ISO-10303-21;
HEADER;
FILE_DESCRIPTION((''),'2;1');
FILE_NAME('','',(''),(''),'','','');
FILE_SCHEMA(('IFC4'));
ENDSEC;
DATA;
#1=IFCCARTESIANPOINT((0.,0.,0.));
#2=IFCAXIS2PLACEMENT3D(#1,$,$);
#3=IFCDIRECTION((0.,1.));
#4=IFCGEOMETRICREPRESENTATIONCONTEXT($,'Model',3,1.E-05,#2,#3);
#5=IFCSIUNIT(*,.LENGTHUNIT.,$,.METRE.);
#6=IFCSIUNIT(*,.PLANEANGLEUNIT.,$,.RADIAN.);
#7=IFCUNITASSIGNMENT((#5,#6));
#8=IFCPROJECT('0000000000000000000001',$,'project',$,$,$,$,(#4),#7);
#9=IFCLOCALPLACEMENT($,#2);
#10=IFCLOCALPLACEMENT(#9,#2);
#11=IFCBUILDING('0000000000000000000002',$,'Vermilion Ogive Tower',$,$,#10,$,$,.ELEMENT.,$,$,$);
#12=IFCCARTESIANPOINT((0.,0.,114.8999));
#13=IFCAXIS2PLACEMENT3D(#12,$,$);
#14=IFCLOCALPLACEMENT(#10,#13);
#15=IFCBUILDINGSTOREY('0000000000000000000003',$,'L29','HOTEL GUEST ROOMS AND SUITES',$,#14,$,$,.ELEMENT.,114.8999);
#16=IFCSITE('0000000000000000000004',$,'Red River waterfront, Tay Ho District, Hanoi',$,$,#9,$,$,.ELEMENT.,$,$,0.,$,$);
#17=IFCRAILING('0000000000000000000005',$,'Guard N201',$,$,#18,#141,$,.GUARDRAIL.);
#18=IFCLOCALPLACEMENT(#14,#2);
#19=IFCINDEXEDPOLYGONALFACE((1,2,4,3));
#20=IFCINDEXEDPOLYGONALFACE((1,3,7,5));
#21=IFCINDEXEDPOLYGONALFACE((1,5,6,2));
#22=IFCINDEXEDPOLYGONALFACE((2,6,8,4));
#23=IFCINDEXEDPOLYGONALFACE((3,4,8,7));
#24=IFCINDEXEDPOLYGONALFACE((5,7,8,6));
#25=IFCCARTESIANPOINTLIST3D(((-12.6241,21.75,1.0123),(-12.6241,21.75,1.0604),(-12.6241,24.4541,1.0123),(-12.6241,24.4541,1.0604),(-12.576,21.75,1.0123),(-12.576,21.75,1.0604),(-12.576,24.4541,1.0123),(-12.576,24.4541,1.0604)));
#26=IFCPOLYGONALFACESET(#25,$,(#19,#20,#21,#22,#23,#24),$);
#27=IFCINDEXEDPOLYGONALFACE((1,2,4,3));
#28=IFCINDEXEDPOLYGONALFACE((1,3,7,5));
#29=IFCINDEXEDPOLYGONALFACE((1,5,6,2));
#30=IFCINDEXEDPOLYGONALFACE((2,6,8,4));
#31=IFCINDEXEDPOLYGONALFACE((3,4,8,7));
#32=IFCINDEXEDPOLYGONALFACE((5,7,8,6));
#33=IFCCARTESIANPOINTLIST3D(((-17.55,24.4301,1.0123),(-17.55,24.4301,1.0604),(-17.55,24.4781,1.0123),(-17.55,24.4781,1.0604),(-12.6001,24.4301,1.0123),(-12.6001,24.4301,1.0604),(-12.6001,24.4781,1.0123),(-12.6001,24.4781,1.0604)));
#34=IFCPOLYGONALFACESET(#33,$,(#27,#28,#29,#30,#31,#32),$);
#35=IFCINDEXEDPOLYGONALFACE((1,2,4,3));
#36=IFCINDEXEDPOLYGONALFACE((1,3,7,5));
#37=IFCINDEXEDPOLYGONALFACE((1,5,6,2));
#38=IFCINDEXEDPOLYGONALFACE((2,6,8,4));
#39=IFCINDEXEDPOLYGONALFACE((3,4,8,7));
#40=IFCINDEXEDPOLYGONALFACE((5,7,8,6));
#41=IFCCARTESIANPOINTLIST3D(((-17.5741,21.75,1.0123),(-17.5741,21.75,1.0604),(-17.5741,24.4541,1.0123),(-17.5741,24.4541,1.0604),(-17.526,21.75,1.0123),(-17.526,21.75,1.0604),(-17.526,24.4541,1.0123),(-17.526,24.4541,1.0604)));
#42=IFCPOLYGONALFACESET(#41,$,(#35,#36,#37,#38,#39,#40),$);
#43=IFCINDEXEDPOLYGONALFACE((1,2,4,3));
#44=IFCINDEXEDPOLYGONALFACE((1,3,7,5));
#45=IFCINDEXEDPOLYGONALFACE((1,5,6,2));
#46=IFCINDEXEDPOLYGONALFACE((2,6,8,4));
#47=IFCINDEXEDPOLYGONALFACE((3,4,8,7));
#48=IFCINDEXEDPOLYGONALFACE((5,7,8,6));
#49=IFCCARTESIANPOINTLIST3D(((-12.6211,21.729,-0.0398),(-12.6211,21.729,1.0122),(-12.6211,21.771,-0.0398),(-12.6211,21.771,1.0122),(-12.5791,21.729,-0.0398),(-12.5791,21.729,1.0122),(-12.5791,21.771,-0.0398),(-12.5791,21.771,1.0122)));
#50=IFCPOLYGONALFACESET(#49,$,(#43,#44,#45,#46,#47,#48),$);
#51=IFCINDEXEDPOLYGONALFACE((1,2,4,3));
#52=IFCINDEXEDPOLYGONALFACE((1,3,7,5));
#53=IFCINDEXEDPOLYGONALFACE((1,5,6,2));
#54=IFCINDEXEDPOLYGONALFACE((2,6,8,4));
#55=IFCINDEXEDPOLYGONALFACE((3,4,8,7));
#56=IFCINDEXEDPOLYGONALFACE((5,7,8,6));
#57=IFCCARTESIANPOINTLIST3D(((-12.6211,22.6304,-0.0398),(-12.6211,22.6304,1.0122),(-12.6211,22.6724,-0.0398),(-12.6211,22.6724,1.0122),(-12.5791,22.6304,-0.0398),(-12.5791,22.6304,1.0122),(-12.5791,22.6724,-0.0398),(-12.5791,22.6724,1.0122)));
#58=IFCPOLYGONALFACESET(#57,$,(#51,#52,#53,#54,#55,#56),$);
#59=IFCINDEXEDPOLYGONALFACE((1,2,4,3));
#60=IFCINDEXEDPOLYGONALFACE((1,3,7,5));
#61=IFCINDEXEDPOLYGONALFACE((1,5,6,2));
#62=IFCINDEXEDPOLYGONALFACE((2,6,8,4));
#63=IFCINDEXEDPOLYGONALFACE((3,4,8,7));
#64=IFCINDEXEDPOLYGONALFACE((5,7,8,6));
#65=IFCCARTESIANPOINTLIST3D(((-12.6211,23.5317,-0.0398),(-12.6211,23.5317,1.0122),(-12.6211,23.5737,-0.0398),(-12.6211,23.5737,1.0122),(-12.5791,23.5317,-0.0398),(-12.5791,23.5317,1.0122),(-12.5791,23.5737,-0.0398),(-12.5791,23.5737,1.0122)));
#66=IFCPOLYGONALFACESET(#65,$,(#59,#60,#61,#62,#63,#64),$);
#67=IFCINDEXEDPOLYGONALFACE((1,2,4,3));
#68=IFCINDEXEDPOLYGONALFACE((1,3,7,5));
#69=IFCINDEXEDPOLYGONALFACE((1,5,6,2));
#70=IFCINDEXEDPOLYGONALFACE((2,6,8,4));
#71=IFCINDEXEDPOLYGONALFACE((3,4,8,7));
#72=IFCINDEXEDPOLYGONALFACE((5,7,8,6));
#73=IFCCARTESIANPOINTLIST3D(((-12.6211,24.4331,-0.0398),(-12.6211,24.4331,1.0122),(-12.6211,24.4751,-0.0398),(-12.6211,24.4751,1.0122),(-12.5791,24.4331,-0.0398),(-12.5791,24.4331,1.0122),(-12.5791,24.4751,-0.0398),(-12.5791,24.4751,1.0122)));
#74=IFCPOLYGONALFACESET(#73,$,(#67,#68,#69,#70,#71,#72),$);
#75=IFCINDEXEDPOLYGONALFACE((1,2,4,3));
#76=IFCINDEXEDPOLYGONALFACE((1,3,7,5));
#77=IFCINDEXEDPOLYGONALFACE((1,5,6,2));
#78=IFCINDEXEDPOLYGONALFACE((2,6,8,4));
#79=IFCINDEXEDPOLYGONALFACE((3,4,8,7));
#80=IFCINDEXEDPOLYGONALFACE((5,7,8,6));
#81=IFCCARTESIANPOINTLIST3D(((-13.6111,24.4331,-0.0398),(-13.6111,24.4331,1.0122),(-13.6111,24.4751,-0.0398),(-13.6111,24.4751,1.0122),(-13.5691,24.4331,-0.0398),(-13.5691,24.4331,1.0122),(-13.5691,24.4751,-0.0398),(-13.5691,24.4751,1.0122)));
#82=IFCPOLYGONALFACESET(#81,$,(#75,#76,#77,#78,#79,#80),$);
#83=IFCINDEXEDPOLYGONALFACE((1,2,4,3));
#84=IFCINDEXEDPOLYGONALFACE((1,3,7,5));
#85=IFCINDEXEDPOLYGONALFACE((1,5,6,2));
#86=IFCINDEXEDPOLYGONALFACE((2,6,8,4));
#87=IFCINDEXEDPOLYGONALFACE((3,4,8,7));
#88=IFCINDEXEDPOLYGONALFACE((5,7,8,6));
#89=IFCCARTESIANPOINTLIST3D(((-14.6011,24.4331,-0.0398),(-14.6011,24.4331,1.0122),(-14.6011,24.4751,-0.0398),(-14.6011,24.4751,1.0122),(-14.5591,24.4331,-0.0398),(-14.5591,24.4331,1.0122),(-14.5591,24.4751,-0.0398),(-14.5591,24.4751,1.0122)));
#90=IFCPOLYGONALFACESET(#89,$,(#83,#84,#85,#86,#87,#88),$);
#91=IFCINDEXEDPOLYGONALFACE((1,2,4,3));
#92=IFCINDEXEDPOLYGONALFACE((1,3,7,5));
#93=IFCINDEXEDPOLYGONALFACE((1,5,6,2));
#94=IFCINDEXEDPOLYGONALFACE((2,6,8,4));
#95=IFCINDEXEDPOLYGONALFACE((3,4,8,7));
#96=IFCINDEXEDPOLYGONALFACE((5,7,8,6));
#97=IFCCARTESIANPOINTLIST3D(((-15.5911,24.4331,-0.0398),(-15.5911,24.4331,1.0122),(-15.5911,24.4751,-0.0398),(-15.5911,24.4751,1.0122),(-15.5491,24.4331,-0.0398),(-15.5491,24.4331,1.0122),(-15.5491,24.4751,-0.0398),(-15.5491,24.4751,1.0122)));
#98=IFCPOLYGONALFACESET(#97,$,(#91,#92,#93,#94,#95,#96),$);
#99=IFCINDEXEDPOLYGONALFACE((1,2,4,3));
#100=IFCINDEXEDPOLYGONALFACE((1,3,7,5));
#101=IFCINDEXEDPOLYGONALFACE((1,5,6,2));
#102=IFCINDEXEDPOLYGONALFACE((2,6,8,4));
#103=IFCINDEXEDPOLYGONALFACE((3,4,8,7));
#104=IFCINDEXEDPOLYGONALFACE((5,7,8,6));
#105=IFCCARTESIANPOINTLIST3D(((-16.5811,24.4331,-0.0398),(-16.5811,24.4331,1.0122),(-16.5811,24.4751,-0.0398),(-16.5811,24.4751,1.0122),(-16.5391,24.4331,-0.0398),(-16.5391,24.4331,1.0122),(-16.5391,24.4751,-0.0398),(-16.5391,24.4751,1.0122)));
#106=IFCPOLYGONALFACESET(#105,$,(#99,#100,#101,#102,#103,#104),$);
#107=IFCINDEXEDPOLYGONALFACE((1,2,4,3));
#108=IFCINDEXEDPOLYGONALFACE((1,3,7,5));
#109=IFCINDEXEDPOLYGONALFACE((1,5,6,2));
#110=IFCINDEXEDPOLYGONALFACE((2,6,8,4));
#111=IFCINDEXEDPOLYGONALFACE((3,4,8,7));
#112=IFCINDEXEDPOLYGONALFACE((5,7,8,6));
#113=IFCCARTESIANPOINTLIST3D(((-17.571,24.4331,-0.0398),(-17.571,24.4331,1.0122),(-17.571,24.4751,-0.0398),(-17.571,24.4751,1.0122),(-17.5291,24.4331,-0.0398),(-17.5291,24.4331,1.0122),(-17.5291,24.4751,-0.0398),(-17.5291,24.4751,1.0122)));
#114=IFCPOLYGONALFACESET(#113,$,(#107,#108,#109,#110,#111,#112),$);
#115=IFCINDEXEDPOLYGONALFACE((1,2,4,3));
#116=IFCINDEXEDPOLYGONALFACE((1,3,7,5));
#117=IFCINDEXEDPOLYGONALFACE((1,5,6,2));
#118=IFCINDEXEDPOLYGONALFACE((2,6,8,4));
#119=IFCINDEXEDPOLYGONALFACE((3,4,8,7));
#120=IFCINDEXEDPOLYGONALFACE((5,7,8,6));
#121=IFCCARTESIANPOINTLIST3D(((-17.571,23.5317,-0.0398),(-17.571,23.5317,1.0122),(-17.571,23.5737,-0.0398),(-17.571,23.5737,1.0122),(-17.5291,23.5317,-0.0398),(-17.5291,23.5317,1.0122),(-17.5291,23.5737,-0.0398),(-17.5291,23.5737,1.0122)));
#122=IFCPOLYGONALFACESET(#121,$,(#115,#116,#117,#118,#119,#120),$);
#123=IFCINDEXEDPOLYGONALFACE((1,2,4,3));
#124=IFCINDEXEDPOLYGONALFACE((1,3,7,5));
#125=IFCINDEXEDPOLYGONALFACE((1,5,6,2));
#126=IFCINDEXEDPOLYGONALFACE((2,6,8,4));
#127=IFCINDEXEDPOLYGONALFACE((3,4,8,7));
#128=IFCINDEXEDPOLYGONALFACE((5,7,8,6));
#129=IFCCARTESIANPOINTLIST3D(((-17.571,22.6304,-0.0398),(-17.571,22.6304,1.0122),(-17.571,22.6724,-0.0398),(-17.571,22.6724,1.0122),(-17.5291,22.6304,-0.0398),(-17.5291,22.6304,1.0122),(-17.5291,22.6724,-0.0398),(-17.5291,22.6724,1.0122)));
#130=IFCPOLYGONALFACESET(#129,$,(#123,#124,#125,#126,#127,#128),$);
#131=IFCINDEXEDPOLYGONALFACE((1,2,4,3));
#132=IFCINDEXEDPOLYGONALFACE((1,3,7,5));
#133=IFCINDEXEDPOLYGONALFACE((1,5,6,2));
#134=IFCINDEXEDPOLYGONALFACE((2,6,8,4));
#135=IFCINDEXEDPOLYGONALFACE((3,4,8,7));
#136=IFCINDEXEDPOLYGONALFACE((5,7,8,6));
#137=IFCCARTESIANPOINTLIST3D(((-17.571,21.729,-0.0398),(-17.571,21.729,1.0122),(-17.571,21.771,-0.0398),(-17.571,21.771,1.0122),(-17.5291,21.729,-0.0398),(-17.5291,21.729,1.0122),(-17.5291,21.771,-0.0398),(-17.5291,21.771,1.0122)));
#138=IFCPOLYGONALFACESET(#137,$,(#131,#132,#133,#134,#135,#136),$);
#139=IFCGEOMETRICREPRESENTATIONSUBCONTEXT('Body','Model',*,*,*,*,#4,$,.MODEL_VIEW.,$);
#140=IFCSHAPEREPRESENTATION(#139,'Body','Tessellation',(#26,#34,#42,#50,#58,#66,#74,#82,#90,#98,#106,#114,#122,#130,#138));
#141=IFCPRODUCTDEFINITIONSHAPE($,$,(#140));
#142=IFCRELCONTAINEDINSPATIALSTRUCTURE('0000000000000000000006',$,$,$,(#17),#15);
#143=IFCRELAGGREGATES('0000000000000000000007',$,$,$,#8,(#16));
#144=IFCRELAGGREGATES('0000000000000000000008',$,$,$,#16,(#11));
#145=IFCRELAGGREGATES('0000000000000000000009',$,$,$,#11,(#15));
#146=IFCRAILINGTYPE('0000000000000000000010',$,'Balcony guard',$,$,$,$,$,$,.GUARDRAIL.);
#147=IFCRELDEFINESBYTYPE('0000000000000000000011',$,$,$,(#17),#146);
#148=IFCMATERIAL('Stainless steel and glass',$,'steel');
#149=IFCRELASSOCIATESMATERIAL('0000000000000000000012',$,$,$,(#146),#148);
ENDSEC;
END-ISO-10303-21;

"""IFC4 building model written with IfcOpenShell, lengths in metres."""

from ifc_helpers import new_model, si_unit, direction, frame, origin, origin_2d, place, context, subcontext, project, spatial, rectangle, extrude, material, type_object, element, save


model = new_model("IFC4")

# Units and contexts
model_context = context("Model", 3, precision=1e-05, world=origin(), true_north=direction((0.0, 1.0)))
body_context = subcontext(model_context, "Body", "Model", "MODEL_VIEW")
ifc_project = project(units=[si_unit("LENGTHUNIT", "METRE"), si_unit("PLANEANGLEUNIT", "RADIAN")], contexts=[model_context])

# Site, building, storey
site_placement = place(None, origin())
site = spatial("IfcSite", under=ifc_project, at=site_placement, Name="Red River waterfront, Tay Ho District, Hanoi", CompositionType="ELEMENT", RefElevation=0.0)
building_placement = place(site_placement, origin())
building = spatial("IfcBuilding", under=site, at=building_placement, Name="Vermilion Ogive Tower", CompositionType="ELEMENT")
storey_placement = place(building_placement, frame((0.0, 0.0, 114.8999)))
storey = spatial("IfcBuildingStorey", under=building, at=storey_placement, Name="L29", Description="HOTEL GUEST ROOMS AND SUITES", CompositionType="ELEMENT", Elevation=114.8999)

# Railing
ifc_material_1 = material(Name="Stainless steel and glass", Category="steel")
railing_type = type_object("IfcRailingType", Name="Balcony guard", PredefinedType="GUARDRAIL", material=ifc_material_1)
railing_1_placement = place(storey_placement, frame((-12.6001, 21.75, -0.0398)))
element("IfcRailing", 1, at=railing_1_placement, inside=storey, type_object=railing_type, Name="Guard N201", PredefinedType="GUARDRAIL", context=body_context, shape_type="SweptSolid", body=[
    extrude(rectangle(XDim=0.0481, YDim=0.0481, at=origin_2d()), frame((0.0, 0.0, 1.0762), z_axis=(0.0, 1.0, 0.0), x_axis=(-1.0, 0.0, 0.0)), (0.0, 0.0, 1.0), 2.7041),
    extrude(rectangle(XDim=0.0481, YDim=0.0481, at=origin_2d()), frame((0.0, 2.7041, 1.0762), z_axis=(-1.0, 0.0, 0.0), x_axis=(0.0, -1.0, 0.0)), (0.0, 0.0, 1.0), 4.95),
    extrude(rectangle(XDim=0.0481, YDim=0.0481, at=origin_2d()), frame((-4.95, 2.7041, 1.0762), z_axis=(0.0, -1.0, 0.0), x_axis=(1.0, 0.0, 0.0)), (0.0, 0.0, 1.0), 2.7041),
    extrude(rectangle(XDim=0.042, YDim=0.042, at=origin_2d()), origin(), (0.0, 0.0, 1.0), 1.052),
    extrude(rectangle(XDim=0.042, YDim=0.042, at=origin_2d()), frame((0.0, 0.9014, 0.0)), (0.0, 0.0, 1.0), 1.052),
    extrude(rectangle(XDim=0.042, YDim=0.042, at=origin_2d()), frame((0.0, 1.8027, 0.0)), (0.0, 0.0, 1.0), 1.052),
    extrude(rectangle(XDim=0.042, YDim=0.042, at=origin_2d()), frame((0.0, 2.7041, 0.0)), (0.0, 0.0, 1.0), 1.052),
    extrude(rectangle(XDim=0.042, YDim=0.042, at=origin_2d()), frame((-0.99, 2.7041, 0.0)), (0.0, 0.0, 1.0), 1.052),
    extrude(rectangle(XDim=0.042, YDim=0.042, at=origin_2d()), frame((-1.98, 2.7041, 0.0)), (0.0, 0.0, 1.0), 1.052),
    extrude(rectangle(XDim=0.042, YDim=0.042, at=origin_2d()), frame((-2.97, 2.7041, 0.0)), (0.0, 0.0, 1.0), 1.052),
    extrude(rectangle(XDim=0.042, YDim=0.042, at=origin_2d()), frame((-3.96, 2.7041, 0.0)), (0.0, 0.0, 1.0), 1.052),
    extrude(rectangle(XDim=0.042, YDim=0.042, at=origin_2d()), frame((-4.95, 2.7041, 0.0)), (0.0, 0.0, 1.0), 1.052),
    extrude(rectangle(XDim=0.042, YDim=0.042, at=origin_2d()), frame((-4.95, 1.8027, 0.0)), (0.0, 0.0, 1.0), 1.052),
    extrude(rectangle(XDim=0.042, YDim=0.042, at=origin_2d()), frame((-4.95, 0.9014, 0.0)), (0.0, 0.0, 1.0), 1.052),
    extrude(rectangle(XDim=0.042, YDim=0.042, at=origin_2d()), frame((-4.95, 0.0, 0.0)), (0.0, 0.0, 1.0), 1.052),
])

save(model, "model.ifc")
